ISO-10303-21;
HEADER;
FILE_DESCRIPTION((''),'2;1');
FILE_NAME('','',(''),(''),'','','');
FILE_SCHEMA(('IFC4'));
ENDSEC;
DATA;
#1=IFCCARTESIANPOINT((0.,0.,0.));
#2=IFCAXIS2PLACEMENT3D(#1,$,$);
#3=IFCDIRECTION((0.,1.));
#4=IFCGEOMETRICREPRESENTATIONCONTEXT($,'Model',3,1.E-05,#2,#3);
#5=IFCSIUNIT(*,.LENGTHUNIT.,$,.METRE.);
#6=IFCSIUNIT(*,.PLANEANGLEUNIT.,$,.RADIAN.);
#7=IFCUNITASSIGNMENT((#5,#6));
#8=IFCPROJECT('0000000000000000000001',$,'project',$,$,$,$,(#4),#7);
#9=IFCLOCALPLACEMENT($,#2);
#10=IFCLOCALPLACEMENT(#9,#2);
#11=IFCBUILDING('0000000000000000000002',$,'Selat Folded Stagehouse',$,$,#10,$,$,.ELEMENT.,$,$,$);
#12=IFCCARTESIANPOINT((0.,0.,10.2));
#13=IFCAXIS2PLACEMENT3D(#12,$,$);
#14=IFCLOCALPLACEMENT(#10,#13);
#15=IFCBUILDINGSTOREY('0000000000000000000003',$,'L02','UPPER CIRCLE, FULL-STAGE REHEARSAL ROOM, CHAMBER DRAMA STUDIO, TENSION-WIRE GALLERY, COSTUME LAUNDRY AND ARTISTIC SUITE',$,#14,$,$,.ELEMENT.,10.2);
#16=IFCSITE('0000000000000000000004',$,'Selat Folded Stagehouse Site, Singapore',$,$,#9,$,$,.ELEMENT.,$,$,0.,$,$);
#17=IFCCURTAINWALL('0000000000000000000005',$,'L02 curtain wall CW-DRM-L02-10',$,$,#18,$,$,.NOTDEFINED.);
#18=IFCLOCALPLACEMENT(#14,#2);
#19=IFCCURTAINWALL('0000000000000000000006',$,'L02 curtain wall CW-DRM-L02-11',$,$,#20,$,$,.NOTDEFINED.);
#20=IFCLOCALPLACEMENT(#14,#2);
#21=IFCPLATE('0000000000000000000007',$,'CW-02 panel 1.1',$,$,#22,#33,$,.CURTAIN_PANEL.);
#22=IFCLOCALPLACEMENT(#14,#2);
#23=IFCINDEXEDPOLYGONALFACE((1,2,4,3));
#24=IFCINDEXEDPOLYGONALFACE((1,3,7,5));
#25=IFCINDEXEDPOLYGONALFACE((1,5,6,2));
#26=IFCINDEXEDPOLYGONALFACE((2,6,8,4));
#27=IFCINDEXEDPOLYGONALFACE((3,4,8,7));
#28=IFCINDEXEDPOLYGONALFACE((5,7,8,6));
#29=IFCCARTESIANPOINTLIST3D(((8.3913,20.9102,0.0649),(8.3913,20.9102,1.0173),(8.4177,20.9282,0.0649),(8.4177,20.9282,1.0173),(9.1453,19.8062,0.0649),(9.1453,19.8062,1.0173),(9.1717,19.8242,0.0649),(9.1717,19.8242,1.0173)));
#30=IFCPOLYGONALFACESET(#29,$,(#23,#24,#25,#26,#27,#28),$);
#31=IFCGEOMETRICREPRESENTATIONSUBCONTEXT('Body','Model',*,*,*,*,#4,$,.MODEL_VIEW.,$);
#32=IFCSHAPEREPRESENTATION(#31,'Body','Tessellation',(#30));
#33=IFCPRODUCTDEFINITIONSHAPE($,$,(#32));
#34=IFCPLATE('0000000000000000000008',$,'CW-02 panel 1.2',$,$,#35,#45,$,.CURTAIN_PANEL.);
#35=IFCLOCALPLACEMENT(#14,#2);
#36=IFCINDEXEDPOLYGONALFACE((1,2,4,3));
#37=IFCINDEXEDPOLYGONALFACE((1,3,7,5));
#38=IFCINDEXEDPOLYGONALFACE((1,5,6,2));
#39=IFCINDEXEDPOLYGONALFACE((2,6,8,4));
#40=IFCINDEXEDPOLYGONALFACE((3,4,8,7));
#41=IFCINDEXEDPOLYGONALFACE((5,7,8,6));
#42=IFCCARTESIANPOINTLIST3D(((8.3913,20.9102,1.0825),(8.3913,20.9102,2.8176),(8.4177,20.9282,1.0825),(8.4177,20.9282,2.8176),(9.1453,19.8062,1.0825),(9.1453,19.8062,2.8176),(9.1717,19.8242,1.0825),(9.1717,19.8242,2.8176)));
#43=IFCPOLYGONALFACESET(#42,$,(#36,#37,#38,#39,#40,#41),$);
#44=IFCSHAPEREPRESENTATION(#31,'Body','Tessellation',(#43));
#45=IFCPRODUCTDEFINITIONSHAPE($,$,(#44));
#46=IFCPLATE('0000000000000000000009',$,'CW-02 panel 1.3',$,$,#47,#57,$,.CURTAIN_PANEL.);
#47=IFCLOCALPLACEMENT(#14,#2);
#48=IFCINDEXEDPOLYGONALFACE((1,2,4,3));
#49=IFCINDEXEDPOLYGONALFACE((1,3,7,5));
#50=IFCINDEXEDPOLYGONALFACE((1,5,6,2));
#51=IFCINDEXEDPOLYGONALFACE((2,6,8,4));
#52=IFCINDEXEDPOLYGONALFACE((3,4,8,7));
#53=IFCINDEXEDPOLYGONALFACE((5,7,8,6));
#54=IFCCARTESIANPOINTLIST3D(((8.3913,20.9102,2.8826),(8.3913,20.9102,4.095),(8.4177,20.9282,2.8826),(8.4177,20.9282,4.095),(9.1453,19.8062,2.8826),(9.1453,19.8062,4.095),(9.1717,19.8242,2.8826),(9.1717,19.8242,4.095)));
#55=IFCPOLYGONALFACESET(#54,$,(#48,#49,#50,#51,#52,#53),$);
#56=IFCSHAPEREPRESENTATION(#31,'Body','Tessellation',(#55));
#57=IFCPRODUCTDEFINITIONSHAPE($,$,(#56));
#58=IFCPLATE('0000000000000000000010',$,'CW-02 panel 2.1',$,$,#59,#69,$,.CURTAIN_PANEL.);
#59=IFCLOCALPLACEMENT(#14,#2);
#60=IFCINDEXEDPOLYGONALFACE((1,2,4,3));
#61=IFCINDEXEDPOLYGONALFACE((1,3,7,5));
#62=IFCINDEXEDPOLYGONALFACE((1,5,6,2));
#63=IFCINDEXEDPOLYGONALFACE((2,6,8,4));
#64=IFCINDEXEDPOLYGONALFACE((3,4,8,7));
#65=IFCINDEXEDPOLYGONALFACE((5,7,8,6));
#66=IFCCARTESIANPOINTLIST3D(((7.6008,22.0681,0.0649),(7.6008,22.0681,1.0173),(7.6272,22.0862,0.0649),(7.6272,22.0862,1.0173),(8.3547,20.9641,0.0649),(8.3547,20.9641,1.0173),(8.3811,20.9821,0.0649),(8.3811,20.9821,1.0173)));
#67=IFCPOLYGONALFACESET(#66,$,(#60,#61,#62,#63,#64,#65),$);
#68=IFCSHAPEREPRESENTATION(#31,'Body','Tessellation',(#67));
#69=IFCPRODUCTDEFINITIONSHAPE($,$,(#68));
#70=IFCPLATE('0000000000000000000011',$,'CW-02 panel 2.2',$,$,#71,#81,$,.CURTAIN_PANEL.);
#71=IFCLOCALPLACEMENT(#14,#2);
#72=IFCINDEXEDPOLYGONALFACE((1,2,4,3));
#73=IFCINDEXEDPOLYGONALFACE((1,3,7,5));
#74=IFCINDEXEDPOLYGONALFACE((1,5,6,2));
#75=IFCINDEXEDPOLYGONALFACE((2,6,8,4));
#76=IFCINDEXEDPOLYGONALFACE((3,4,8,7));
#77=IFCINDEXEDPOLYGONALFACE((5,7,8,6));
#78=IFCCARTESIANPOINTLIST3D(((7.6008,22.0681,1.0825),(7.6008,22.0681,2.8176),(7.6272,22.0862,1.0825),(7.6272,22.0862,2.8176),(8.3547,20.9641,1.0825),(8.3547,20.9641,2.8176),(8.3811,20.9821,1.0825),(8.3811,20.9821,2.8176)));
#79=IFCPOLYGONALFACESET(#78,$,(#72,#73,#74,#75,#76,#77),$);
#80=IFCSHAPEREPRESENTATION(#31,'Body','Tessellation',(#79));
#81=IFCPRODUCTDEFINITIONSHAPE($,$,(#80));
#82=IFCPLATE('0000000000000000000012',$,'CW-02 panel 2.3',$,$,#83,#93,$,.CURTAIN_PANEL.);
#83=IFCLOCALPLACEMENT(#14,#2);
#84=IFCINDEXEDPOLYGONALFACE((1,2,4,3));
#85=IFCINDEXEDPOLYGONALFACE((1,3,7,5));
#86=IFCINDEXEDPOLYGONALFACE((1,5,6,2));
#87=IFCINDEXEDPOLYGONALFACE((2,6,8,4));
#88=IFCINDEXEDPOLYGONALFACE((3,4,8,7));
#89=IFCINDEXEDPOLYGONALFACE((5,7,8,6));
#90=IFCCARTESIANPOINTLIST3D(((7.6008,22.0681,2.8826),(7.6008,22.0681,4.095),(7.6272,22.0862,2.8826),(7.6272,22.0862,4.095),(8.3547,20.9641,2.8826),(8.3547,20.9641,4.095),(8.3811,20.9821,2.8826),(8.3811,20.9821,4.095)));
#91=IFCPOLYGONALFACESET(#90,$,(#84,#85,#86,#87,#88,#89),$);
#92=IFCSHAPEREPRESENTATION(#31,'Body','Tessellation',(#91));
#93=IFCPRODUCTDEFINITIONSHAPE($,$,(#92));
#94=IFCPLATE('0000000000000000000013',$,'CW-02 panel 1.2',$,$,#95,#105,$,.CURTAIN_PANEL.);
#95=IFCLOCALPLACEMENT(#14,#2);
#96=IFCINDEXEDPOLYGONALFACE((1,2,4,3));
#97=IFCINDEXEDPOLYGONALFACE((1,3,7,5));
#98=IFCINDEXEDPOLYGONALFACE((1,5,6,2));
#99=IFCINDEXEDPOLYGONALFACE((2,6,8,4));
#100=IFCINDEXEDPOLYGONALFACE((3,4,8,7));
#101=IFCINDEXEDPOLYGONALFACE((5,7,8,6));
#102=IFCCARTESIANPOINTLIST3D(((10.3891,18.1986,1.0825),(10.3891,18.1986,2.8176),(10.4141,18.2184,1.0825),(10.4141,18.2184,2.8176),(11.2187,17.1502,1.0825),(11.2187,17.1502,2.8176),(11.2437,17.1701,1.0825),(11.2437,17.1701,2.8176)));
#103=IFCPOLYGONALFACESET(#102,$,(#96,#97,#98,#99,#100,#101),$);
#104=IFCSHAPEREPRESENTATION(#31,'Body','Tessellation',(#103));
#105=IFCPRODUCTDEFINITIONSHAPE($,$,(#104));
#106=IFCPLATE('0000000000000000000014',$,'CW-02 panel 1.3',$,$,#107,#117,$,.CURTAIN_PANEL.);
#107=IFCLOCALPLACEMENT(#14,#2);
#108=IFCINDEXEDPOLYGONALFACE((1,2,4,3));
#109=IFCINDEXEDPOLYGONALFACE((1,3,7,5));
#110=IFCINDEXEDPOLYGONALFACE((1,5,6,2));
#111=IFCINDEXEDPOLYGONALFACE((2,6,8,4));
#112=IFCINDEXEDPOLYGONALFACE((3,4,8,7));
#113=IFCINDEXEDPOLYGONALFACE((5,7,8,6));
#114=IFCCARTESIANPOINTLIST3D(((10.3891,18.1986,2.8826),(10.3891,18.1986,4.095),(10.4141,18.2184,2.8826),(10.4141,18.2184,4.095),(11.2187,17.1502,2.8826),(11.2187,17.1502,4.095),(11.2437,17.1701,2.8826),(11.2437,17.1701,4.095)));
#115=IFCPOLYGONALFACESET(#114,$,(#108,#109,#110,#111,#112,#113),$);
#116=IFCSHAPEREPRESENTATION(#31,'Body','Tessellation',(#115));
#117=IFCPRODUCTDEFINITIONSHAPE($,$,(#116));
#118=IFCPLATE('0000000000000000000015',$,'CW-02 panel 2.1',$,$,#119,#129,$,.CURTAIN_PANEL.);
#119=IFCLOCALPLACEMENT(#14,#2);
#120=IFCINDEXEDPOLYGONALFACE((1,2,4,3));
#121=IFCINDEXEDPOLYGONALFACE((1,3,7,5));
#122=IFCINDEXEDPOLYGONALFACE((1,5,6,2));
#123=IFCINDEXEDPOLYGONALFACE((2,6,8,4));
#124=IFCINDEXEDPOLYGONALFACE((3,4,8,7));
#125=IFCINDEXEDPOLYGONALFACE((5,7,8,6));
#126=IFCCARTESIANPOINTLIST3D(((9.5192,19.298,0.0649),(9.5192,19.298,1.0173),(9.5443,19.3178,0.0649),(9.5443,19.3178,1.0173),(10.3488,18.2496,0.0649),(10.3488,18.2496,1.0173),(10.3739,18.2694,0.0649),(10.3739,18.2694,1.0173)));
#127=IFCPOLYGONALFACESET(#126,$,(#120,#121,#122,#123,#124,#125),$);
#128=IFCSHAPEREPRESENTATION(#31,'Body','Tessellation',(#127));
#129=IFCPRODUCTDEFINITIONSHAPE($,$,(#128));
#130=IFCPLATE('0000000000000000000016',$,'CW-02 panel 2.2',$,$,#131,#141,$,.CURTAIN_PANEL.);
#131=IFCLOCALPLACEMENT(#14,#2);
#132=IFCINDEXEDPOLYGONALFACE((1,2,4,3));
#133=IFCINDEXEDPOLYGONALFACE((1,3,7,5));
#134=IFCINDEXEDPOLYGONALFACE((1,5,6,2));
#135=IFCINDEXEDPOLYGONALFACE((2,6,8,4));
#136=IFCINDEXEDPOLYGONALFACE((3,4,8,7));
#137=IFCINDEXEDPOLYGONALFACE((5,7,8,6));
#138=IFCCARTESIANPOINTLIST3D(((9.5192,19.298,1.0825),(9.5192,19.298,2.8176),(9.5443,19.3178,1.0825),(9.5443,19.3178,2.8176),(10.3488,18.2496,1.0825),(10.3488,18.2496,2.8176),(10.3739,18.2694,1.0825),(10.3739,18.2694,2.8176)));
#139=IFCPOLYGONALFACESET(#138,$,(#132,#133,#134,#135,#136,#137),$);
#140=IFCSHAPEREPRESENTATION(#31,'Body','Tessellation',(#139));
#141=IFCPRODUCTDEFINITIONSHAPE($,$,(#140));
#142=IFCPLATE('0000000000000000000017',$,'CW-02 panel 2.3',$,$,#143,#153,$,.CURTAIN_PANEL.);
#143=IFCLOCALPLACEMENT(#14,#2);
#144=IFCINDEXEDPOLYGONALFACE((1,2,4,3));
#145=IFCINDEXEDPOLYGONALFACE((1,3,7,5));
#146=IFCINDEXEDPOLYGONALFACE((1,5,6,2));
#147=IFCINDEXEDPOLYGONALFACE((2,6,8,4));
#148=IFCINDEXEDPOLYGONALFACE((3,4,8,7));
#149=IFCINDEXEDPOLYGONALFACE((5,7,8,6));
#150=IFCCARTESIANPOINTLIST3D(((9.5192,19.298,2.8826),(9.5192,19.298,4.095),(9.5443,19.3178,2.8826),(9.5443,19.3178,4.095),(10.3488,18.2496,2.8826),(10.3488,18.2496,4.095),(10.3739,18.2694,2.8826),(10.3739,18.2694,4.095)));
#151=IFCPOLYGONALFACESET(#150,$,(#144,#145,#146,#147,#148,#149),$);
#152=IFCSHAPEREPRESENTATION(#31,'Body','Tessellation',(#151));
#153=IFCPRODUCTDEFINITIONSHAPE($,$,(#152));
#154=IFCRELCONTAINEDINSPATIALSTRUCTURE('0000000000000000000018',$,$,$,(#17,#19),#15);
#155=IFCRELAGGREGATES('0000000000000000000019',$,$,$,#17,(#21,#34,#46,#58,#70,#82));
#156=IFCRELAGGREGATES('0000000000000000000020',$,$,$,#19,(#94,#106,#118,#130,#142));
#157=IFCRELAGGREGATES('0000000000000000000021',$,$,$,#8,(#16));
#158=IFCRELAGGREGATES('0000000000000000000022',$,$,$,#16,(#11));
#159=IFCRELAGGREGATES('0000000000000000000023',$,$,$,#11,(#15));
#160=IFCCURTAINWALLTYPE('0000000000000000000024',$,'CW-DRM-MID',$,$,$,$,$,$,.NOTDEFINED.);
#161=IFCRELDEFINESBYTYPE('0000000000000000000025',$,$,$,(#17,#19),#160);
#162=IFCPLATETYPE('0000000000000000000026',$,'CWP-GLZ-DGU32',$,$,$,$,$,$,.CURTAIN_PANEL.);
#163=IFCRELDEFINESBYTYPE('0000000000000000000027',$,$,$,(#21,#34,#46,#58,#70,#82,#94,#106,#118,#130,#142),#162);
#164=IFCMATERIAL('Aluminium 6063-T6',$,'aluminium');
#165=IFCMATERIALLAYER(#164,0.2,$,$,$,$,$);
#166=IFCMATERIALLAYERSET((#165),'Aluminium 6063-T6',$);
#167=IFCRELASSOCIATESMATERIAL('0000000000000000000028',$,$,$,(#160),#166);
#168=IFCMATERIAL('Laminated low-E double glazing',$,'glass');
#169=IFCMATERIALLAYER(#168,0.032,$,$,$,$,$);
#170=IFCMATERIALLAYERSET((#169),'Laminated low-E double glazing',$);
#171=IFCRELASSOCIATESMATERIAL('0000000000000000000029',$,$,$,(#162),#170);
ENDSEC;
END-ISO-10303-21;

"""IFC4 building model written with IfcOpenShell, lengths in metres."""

from ifc_helpers import new_model, si_unit, direction, frame, origin, origin_2d, place, context, subcontext, project, spatial, rectangle, extrude, material, layer, layer_set, type_object, element, aggregate, save


model = new_model("IFC4")

# Units and contexts
model_context = context("Model", 3, precision=1e-05, world=origin(), true_north=direction((0.0, 1.0)))
body_context = subcontext(model_context, "Body", "Model", "MODEL_VIEW")
ifc_project = project(units=[si_unit("LENGTHUNIT", "METRE"), si_unit("PLANEANGLEUNIT", "RADIAN")], contexts=[model_context])

# Site, building, storey
site_placement = place(None, origin())
site = spatial("IfcSite", under=ifc_project, at=site_placement, Name="Selat Folded Stagehouse Site, Singapore", CompositionType="ELEMENT", RefElevation=0.0)
building_placement = place(site_placement, origin())
building = spatial("IfcBuilding", under=site, at=building_placement, Name="Selat Folded Stagehouse", CompositionType="ELEMENT")
storey_placement = place(building_placement, frame((0.0, 0.0, 10.2)))
storey = spatial("IfcBuildingStorey", under=building, at=storey_placement, Name="L02", Description="UPPER CIRCLE, FULL-STAGE REHEARSAL ROOM, CHAMBER DRAMA STUDIO, TENSION-WIRE GALLERY, COSTUME LAUNDRY AND ARTISTIC SUITE", CompositionType="ELEMENT", Elevation=10.2)

# Curtain walls
ifc_material_1 = material(Name="Aluminium 6063-T6", Category="aluminium")
ifc_layer_1 = layer(ifc_material_1, 0.2)
ifc_layer_set_1 = layer_set([ifc_layer_1], Name="Aluminium 6063-T6")
curtain_wall_type = type_object("IfcCurtainWallType", Name="CW-DRM-MID", PredefinedType="NOTDEFINED", material=ifc_layer_set_1)
curtain_wall_1_placement = place(storey_placement, origin())
curtain_wall_1 = element("IfcCurtainWall", 1, at=curtain_wall_1_placement, inside=storey, type_object=curtain_wall_type, Name="L02 curtain wall CW-DRM-L02-10", PredefinedType="NOTDEFINED")
curtain_wall_2_placement = place(storey_placement, origin())
curtain_wall_2 = element("IfcCurtainWall", 2, at=curtain_wall_2_placement, inside=storey, type_object=curtain_wall_type, Name="L02 curtain wall CW-DRM-L02-11", PredefinedType="NOTDEFINED")

# Plates
ifc_material_2 = material(Name="Laminated low-E double glazing", Category="glass")
ifc_layer_2 = layer(ifc_material_2, 0.032)
ifc_layer_set_2 = layer_set([ifc_layer_2], Name="Laminated low-E double glazing")
plate_type = type_object("IfcPlateType", Name="CWP-GLZ-DGU32", PredefinedType="CURTAIN_PANEL", material=ifc_layer_set_2)
plate_1_placement = place(storey_placement, frame((8.7815, 20.3672, 0.0649), z_axis=(0.0, 0.0, 1.0), x_axis=(-0.563948, 0.82581, 0.0)))
plate_1 = element("IfcPlate", 3, at=plate_1_placement, type_object=plate_type, Name="CW-02 panel 1.1", PredefinedType="CURTAIN_PANEL", context=body_context, shape_type="SweptSolid", body=[
    extrude(rectangle(XDim=1.3369, YDim=0.032, at=origin_2d()), origin(), (0.0, 0.0, 1.0), 0.9524),
])
plate_2_placement = place(storey_placement, frame((8.7815, 20.3672, 1.0825), z_axis=(0.0, 0.0, 1.0), x_axis=(-0.563948, 0.82581, 0.0)))
plate_2 = element("IfcPlate", 4, at=plate_2_placement, type_object=plate_type, Name="CW-02 panel 1.2", PredefinedType="CURTAIN_PANEL", context=body_context, shape_type="SweptSolid", body=[
    extrude(rectangle(XDim=1.3369, YDim=0.032, at=origin_2d()), origin(), (0.0, 0.0, 1.0), 1.7351),
])
plate_3_placement = place(storey_placement, frame((8.7815, 20.3672, 2.8826), z_axis=(0.0, 0.0, 1.0), x_axis=(-0.563948, 0.82581, 0.0)))
plate_3 = element("IfcPlate", 5, at=plate_3_placement, type_object=plate_type, Name="CW-02 panel 1.3", PredefinedType="CURTAIN_PANEL", context=body_context, shape_type="SweptSolid", body=[
    extrude(rectangle(XDim=1.3369, YDim=0.032, at=origin_2d()), origin(), (0.0, 0.0, 1.0), 1.2124),
])
plate_4_placement = place(storey_placement, frame((7.991, 21.5251, 0.0649), z_axis=(0.0, 0.0, 1.0), x_axis=(-0.563948, 0.82581, 0.0)))
plate_4 = element("IfcPlate", 6, at=plate_4_placement, type_object=plate_type, Name="CW-02 panel 2.1", PredefinedType="CURTAIN_PANEL", context=body_context, shape_type="SweptSolid", body=[
    extrude(rectangle(XDim=1.3369, YDim=0.032, at=origin_2d()), origin(), (0.0, 0.0, 1.0), 0.9524),
])
plate_5_placement = place(storey_placement, frame((7.991, 21.5251, 1.0825), z_axis=(0.0, 0.0, 1.0), x_axis=(-0.563948, 0.82581, 0.0)))
plate_5 = element("IfcPlate", 7, at=plate_5_placement, type_object=plate_type, Name="CW-02 panel 2.2", PredefinedType="CURTAIN_PANEL", context=body_context, shape_type="SweptSolid", body=[
    extrude(rectangle(XDim=1.3369, YDim=0.032, at=origin_2d()), origin(), (0.0, 0.0, 1.0), 1.7351),
])
plate_6_placement = place(storey_placement, frame((7.991, 21.5251, 2.8826), z_axis=(0.0, 0.0, 1.0), x_axis=(-0.563948, 0.82581, 0.0)))
plate_6 = element("IfcPlate", 8, at=plate_6_placement, type_object=plate_type, Name="CW-02 panel 2.3", PredefinedType="CURTAIN_PANEL", context=body_context, shape_type="SweptSolid", body=[
    extrude(rectangle(XDim=1.3369, YDim=0.032, at=origin_2d()), origin(), (0.0, 0.0, 1.0), 1.2124),
])
aggregate(curtain_wall_1, [plate_1, plate_2, plate_3, plate_4, plate_5, plate_6])
plate_7_placement = place(storey_placement, frame((10.8164, 17.6843, 1.0825), z_axis=(0.0, 0.0, 1.0), x_axis=(-0.620533, 0.78418, 0.0)))
plate_7 = element("IfcPlate", 9, at=plate_7_placement, type_object=plate_type, Name="CW-02 panel 1.2", PredefinedType="CURTAIN_PANEL", context=body_context, shape_type="SweptSolid", body=[
    extrude(rectangle(XDim=1.3369, YDim=0.032, at=origin_2d()), origin(), (0.0, 0.0, 1.0), 1.7351),
])
plate_8_placement = place(storey_placement, frame((10.8164, 17.6843, 2.8826), z_axis=(0.0, 0.0, 1.0), x_axis=(-0.620533, 0.78418, 0.0)))
plate_8 = element("IfcPlate", 10, at=plate_8_placement, type_object=plate_type, Name="CW-02 panel 1.3", PredefinedType="CURTAIN_PANEL", context=body_context, shape_type="SweptSolid", body=[
    extrude(rectangle(XDim=1.3369, YDim=0.032, at=origin_2d()), origin(), (0.0, 0.0, 1.0), 1.2124),
])
plate_9_placement = place(storey_placement, frame((9.9465, 18.7837, 0.0649), z_axis=(0.0, 0.0, 1.0), x_axis=(-0.620533, 0.78418, 0.0)))
plate_9 = element("IfcPlate", 11, at=plate_9_placement, type_object=plate_type, Name="CW-02 panel 2.1", PredefinedType="CURTAIN_PANEL", context=body_context, shape_type="SweptSolid", body=[
    extrude(rectangle(XDim=1.3369, YDim=0.032, at=origin_2d()), origin(), (0.0, 0.0, 1.0), 0.9524),
])
plate_10_placement = place(storey_placement, frame((9.9465, 18.7837, 1.0825), z_axis=(0.0, 0.0, 1.0), x_axis=(-0.620533, 0.78418, 0.0)))
plate_10 = element("IfcPlate", 12, at=plate_10_placement, type_object=plate_type, Name="CW-02 panel 2.2", PredefinedType="CURTAIN_PANEL", context=body_context, shape_type="SweptSolid", body=[
    extrude(rectangle(XDim=1.3369, YDim=0.032, at=origin_2d()), origin(), (0.0, 0.0, 1.0), 1.7351),
])
plate_11_placement = place(storey_placement, frame((9.9465, 18.7837, 2.8826), z_axis=(0.0, 0.0, 1.0), x_axis=(-0.620533, 0.78418, 0.0)))
plate_11 = element("IfcPlate", 13, at=plate_11_placement, type_object=plate_type, Name="CW-02 panel 2.3", PredefinedType="CURTAIN_PANEL", context=body_context, shape_type="SweptSolid", body=[
    extrude(rectangle(XDim=1.3369, YDim=0.032, at=origin_2d()), origin(), (0.0, 0.0, 1.0), 1.2124),
])
aggregate(curtain_wall_2, [plate_7, plate_8, plate_9, plate_10, plate_11])

save(model, "model.ifc")
